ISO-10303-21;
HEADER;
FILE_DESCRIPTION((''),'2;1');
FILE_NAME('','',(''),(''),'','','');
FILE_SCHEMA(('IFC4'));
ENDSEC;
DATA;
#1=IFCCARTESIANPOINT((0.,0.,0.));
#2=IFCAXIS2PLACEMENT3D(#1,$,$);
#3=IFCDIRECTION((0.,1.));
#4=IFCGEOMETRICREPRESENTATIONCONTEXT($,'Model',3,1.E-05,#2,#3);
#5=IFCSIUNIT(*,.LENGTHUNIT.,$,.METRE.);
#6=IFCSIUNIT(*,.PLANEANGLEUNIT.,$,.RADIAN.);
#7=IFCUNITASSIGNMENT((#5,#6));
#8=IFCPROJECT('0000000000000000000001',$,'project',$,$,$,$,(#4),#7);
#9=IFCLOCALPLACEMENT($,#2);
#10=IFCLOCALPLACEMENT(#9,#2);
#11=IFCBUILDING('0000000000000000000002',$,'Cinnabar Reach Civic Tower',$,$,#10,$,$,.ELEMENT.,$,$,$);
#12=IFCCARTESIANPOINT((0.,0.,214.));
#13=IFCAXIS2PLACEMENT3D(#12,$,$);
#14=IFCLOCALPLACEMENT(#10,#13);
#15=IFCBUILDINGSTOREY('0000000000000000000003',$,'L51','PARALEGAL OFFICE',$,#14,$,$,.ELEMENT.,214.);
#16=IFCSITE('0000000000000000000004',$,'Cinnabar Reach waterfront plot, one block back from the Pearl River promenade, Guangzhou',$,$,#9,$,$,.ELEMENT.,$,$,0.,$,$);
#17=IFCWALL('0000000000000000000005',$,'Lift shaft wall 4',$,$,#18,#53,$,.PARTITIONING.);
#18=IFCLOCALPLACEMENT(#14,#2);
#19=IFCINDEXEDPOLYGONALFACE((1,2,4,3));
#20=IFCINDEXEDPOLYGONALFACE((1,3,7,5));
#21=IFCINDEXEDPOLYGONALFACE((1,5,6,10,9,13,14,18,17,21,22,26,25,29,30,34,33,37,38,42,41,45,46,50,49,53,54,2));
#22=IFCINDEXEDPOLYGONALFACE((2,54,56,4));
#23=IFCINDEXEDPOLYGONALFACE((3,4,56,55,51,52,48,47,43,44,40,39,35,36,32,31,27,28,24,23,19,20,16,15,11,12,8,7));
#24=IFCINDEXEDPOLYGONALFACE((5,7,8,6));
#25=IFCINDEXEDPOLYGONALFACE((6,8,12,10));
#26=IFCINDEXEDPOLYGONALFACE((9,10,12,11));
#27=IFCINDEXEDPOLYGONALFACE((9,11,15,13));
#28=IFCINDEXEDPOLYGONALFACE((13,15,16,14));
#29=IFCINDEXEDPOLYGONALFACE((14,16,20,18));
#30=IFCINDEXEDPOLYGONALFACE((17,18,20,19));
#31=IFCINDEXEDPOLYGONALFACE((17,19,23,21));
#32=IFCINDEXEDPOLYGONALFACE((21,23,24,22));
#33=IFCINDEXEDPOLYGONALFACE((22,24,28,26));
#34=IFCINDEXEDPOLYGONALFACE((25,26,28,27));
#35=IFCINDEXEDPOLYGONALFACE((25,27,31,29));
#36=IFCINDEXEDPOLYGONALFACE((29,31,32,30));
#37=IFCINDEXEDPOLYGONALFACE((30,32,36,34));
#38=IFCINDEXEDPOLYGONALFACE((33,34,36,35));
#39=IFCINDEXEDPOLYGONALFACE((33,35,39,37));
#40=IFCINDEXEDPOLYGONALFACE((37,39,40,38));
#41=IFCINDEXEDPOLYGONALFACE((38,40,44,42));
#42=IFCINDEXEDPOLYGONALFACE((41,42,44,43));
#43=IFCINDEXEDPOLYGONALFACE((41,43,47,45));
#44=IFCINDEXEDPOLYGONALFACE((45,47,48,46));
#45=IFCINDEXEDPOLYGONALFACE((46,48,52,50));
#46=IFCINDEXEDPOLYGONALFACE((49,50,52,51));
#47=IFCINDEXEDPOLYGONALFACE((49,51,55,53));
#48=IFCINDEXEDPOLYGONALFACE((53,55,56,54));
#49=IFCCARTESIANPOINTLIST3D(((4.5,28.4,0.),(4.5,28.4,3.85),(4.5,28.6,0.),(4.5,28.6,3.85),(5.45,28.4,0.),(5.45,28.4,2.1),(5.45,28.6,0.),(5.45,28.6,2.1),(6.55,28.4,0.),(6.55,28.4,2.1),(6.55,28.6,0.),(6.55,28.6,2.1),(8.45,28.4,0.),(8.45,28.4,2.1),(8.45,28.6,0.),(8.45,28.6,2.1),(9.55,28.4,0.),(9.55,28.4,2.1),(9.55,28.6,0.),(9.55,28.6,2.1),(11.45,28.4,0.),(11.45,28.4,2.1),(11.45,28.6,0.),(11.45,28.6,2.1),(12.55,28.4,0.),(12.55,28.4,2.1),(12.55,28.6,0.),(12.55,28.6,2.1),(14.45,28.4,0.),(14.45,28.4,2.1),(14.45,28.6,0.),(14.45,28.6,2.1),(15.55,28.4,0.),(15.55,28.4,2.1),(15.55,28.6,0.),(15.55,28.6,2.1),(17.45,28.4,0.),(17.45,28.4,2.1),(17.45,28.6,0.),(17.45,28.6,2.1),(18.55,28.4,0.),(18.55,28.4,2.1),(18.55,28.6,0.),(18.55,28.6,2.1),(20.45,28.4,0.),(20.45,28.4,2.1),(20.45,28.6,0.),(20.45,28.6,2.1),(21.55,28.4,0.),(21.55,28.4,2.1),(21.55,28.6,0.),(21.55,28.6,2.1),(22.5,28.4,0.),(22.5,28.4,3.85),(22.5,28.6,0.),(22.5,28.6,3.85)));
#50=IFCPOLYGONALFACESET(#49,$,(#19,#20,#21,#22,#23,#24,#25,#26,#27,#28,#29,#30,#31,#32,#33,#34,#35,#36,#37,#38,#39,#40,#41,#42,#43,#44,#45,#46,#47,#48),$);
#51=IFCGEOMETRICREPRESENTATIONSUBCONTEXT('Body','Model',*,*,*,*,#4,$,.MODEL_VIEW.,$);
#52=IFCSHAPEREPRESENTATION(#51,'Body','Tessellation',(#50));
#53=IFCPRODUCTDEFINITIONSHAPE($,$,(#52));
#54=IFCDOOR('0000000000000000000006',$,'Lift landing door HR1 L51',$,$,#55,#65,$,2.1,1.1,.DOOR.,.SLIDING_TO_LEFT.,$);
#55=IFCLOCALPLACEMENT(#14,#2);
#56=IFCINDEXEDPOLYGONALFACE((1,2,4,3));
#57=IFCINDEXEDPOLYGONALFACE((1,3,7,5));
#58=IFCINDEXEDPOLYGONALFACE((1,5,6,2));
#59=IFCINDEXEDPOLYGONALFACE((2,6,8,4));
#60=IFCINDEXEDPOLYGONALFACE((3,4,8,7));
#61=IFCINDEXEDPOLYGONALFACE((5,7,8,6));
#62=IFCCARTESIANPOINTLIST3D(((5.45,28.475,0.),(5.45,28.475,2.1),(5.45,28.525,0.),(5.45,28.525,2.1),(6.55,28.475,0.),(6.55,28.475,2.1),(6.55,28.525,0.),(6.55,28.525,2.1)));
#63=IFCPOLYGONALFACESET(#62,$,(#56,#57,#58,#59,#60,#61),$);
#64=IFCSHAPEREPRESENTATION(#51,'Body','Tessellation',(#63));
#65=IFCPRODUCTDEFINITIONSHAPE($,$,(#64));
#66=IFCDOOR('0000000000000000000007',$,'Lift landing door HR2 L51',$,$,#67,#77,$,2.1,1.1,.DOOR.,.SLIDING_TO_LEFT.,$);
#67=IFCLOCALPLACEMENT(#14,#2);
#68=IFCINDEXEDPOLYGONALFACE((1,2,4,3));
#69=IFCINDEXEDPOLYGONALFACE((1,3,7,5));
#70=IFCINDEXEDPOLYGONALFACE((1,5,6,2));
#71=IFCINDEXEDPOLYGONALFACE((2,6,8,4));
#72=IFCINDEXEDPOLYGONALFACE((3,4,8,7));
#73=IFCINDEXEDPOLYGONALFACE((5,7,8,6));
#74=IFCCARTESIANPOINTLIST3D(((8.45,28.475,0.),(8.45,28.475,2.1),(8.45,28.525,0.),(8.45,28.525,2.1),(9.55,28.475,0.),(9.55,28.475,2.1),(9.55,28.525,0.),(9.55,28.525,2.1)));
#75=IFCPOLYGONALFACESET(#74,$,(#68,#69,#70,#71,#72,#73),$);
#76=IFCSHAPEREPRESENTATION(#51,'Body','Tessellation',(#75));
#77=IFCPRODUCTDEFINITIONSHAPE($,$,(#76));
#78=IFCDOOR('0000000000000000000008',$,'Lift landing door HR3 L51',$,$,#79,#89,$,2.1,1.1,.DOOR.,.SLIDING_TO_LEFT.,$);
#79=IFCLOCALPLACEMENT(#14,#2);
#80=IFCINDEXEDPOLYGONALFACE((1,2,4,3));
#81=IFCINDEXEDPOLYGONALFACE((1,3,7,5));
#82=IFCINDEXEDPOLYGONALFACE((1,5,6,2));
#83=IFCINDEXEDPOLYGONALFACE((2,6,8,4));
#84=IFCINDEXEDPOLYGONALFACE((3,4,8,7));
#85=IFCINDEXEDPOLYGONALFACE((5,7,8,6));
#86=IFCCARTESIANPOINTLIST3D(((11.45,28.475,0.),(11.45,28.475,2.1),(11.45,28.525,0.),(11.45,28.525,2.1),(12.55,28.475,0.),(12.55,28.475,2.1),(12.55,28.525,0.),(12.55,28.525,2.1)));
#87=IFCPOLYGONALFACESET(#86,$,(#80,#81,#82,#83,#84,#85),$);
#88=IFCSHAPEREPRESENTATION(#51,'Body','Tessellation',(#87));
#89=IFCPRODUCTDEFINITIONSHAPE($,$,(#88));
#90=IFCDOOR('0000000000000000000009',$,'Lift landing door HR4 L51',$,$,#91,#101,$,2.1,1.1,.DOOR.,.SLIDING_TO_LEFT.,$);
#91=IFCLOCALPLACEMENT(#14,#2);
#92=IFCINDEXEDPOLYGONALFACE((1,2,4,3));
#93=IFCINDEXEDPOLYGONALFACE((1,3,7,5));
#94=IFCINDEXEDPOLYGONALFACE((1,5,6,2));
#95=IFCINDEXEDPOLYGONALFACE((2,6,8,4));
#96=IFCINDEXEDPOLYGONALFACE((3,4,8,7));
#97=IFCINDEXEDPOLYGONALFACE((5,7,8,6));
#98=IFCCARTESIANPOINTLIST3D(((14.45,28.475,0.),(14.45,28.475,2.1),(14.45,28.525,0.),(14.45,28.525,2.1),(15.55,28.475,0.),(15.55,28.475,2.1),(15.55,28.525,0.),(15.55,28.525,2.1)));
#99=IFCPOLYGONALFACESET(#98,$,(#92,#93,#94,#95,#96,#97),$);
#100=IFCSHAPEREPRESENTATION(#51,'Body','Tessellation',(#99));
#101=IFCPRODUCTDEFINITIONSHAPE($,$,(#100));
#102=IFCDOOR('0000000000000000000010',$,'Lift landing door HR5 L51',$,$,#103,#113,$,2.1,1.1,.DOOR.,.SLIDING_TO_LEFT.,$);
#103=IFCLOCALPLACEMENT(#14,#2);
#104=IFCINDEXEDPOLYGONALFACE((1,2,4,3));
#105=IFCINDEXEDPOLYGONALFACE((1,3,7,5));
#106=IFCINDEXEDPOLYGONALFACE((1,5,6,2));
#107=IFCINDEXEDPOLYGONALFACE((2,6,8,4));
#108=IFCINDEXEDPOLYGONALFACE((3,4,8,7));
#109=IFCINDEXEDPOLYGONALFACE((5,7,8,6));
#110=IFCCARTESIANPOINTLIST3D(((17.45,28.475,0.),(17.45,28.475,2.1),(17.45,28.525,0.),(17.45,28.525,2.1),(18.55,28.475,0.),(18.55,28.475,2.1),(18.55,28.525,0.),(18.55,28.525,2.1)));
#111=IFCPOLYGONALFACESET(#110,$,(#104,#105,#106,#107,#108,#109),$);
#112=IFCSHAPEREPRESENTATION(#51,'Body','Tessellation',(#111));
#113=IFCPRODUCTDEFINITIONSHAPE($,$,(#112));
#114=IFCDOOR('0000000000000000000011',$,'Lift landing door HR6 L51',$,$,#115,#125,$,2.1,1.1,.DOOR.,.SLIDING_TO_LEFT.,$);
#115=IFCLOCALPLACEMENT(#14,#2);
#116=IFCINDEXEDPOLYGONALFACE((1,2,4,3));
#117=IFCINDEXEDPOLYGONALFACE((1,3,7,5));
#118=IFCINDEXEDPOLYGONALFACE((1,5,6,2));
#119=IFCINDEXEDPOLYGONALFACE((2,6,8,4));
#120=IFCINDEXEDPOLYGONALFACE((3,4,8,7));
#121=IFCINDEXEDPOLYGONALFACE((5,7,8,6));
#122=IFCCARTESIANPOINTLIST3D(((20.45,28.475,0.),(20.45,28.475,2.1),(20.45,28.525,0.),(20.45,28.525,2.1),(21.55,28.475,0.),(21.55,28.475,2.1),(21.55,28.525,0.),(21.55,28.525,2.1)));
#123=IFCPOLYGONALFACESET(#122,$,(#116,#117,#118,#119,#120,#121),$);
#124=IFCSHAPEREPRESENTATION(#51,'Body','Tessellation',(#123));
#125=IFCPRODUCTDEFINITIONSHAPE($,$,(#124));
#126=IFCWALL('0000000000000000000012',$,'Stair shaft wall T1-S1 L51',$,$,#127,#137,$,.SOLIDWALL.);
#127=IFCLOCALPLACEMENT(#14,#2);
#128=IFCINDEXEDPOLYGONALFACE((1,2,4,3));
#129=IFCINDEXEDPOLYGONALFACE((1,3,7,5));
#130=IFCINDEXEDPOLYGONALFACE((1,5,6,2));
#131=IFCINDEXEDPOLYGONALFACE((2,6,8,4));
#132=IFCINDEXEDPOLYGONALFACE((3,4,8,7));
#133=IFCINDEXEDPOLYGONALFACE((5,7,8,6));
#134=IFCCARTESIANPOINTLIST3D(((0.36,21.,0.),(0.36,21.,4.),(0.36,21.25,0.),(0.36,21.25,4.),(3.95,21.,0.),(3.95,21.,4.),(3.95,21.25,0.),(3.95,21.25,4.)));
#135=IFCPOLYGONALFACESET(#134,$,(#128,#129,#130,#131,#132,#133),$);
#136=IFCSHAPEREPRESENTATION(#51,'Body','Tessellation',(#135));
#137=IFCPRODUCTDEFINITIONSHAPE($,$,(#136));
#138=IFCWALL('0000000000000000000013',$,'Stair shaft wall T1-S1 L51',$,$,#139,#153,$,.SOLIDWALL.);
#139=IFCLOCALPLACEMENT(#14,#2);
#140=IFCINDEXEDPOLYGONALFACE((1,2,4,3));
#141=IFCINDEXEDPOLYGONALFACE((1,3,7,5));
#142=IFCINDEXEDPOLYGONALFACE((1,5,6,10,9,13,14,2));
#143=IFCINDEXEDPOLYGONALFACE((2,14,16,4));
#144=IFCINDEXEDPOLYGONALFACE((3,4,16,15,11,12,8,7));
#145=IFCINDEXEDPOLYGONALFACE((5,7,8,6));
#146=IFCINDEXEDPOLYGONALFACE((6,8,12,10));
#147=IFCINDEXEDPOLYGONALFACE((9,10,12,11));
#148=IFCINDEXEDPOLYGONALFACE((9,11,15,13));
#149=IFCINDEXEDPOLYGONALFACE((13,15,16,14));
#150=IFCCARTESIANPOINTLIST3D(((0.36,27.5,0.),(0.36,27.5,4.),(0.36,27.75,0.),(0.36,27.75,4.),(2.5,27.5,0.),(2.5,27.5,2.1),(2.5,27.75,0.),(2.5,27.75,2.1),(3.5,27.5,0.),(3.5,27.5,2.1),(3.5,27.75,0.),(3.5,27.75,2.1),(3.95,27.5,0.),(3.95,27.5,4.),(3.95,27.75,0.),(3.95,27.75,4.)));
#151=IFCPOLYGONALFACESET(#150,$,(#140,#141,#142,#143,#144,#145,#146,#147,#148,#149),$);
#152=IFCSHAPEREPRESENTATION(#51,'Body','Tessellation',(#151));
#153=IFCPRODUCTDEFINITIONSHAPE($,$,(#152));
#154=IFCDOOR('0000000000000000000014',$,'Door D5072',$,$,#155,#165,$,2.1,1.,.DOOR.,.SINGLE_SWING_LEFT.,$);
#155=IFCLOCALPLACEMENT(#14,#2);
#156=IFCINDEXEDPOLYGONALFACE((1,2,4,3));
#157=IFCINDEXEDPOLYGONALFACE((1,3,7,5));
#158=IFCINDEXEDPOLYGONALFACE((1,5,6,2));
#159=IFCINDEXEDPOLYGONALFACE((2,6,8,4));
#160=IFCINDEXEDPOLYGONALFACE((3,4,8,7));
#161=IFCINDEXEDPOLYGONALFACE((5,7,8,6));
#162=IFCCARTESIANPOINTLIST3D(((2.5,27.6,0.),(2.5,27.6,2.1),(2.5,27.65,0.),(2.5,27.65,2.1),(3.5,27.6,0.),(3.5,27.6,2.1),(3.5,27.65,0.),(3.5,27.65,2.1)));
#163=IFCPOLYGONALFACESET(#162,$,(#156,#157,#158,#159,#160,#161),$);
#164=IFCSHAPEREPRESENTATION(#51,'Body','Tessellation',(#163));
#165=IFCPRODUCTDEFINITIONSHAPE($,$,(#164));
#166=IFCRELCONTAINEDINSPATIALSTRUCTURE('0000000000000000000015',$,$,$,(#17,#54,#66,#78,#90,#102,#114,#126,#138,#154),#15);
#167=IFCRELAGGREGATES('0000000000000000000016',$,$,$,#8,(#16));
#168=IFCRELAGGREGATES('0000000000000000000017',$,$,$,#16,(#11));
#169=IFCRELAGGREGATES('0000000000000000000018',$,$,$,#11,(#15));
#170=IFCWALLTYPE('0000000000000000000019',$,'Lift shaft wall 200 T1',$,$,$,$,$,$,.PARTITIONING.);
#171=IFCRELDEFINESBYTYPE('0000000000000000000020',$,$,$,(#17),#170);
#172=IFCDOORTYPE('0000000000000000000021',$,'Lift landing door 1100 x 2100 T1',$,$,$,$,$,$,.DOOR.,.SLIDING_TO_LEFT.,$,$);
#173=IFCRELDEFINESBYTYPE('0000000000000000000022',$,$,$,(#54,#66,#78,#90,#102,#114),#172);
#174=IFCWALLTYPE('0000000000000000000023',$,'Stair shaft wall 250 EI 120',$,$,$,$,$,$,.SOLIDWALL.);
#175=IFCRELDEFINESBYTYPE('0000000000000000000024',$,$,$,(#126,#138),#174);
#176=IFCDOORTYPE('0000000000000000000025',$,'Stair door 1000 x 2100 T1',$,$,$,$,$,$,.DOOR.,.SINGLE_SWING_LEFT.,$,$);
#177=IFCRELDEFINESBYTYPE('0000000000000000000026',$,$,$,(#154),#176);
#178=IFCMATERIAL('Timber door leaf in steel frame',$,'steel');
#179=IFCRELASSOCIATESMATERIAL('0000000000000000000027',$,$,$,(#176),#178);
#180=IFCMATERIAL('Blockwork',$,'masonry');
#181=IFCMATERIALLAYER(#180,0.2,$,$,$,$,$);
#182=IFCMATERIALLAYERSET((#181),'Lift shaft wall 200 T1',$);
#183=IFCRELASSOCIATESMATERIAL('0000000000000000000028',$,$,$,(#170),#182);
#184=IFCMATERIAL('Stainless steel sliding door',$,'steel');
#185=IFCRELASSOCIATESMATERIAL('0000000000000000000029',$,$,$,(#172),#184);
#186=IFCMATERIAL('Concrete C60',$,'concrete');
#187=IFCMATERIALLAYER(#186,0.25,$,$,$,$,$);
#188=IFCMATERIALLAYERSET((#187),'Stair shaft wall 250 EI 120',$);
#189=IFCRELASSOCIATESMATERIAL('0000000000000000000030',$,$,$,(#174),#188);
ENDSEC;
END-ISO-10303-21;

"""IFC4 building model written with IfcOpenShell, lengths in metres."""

from ifc_helpers import new_model, si_unit, direction, frame, frame_2d, origin, place, context, subcontext, project, spatial, rectangle, extrude, material, layer, layer_set, type_object, element, fill, save


model = new_model("IFC4")

# Units and contexts
model_context = context("Model", 3, precision=1e-05, world=origin(), true_north=direction((0.0, 1.0)))
body_context = subcontext(model_context, "Body", "Model", "MODEL_VIEW")
ifc_project = project(units=[si_unit("LENGTHUNIT", "METRE"), si_unit("PLANEANGLEUNIT", "RADIAN")], contexts=[model_context])

# Site, building, storey
site_placement = place(None, origin())
site = spatial("IfcSite", under=ifc_project, at=site_placement, Name="Cinnabar Reach waterfront plot, one block back from the Pearl River promenade, Guangzhou", CompositionType="ELEMENT", RefElevation=0.0)
building_placement = place(site_placement, origin())
building = spatial("IfcBuilding", under=site, at=building_placement, Name="Cinnabar Reach Civic Tower", CompositionType="ELEMENT")
storey_placement = place(building_placement, frame((0.0, 0.0, 214.0)))
storey = spatial("IfcBuildingStorey", under=building, at=storey_placement, Name="L51", Description="PARALEGAL OFFICE", CompositionType="ELEMENT", Elevation=214.0)

# Shared definitions
ifc_material_1 = material(Name="Concrete C60", Category="concrete")

# Shared definitions
ifc_material_2 = material(Name="Timber door leaf in steel frame", Category="steel")
door_type_1 = type_object("IfcDoorType", Name="Stair door 1000 x 2100 T1", OperationType="SINGLE_SWING_LEFT", PredefinedType="DOOR", material=ifc_material_2)

# Wall, openings, doors
ifc_material_3 = material(Name="Blockwork", Category="masonry")
ifc_layer_1 = layer(ifc_material_3, 0.2)
ifc_layer_set_1 = layer_set([ifc_layer_1], Name="Lift shaft wall 200 T1")
wall_type_1 = type_object("IfcWallType", Name="Lift shaft wall 200 T1", PredefinedType="PARTITIONING", material=ifc_layer_set_1)
wall_1_placement = place(storey_placement, frame((4.5, 28.5, 0.0), z_axis=(0.0, 0.0, 1.0), x_axis=(1.0, 0.0, 0.0)))
wall_1 = element("IfcWall", 1, at=wall_1_placement, inside=storey, type_object=wall_type_1, Name="Lift shaft wall 4", PredefinedType="PARTITIONING", context=body_context, shape_type="SweptSolid", body=[
    extrude(rectangle(XDim=18.0, YDim=0.2, at=frame_2d((9.0, 0.0))), origin(), (0.0, 0.0, 1.0), 3.85),
])
opening_1_placement = place(wall_1_placement, frame((0.95, 0.0, 0.0)))
opening_1 = element("IfcOpeningElement", 2, at=opening_1_placement, cuts=wall_1, PredefinedType="OPENING", context=body_context, shape_type="SweptSolid", body=[
    extrude(rectangle(XDim=1.1, YDim=2.1, at=frame_2d((0.55, 1.05))), frame((0.0, 0.11, 0.0), z_axis=(0.0, -1.0, 0.0), x_axis=(1.0, 0.0, 0.0)), (0.0, 0.0, 1.0), 0.22),
])
opening_2_placement = place(wall_1_placement, frame((3.95, 0.0, 0.0)))
opening_2 = element("IfcOpeningElement", 3, at=opening_2_placement, cuts=wall_1, PredefinedType="OPENING", context=body_context, shape_type="SweptSolid", body=[
    extrude(rectangle(XDim=1.1, YDim=2.1, at=frame_2d((0.55, 1.05))), frame((0.0, 0.11, 0.0), z_axis=(0.0, -1.0, 0.0), x_axis=(1.0, 0.0, 0.0)), (0.0, 0.0, 1.0), 0.22),
])
opening_3_placement = place(wall_1_placement, frame((6.95, 0.0, 0.0)))
opening_3 = element("IfcOpeningElement", 4, at=opening_3_placement, cuts=wall_1, PredefinedType="OPENING", context=body_context, shape_type="SweptSolid", body=[
    extrude(rectangle(XDim=1.1, YDim=2.1, at=frame_2d((0.55, 1.05))), frame((0.0, 0.11, 0.0), z_axis=(0.0, -1.0, 0.0), x_axis=(1.0, 0.0, 0.0)), (0.0, 0.0, 1.0), 0.22),
])
opening_4_placement = place(wall_1_placement, frame((9.95, 0.0, 0.0)))
opening_4 = element("IfcOpeningElement", 5, at=opening_4_placement, cuts=wall_1, PredefinedType="OPENING", context=body_context, shape_type="SweptSolid", body=[
    extrude(rectangle(XDim=1.1, YDim=2.1, at=frame_2d((0.55, 1.05))), frame((0.0, 0.11, 0.0), z_axis=(0.0, -1.0, 0.0), x_axis=(1.0, 0.0, 0.0)), (0.0, 0.0, 1.0), 0.22),
])
opening_5_placement = place(wall_1_placement, frame((12.95, 0.0, 0.0)))
opening_5 = element("IfcOpeningElement", 6, at=opening_5_placement, cuts=wall_1, PredefinedType="OPENING", context=body_context, shape_type="SweptSolid", body=[
    extrude(rectangle(XDim=1.1, YDim=2.1, at=frame_2d((0.55, 1.05))), frame((0.0, 0.11, 0.0), z_axis=(0.0, -1.0, 0.0), x_axis=(1.0, 0.0, 0.0)), (0.0, 0.0, 1.0), 0.22),
])
opening_6_placement = place(wall_1_placement, frame((15.95, 0.0, 0.0)))
opening_6 = element("IfcOpeningElement", 7, at=opening_6_placement, cuts=wall_1, PredefinedType="OPENING", context=body_context, shape_type="SweptSolid", body=[
    extrude(rectangle(XDim=1.1, YDim=2.1, at=frame_2d((0.55, 1.05))), frame((0.0, 0.11, 0.0), z_axis=(0.0, -1.0, 0.0), x_axis=(1.0, 0.0, 0.0)), (0.0, 0.0, 1.0), 0.22),
])
ifc_material_4 = material(Name="Stainless steel sliding door", Category="steel")
door_type_2 = type_object("IfcDoorType", Name="Lift landing door 1100 x 2100 T1", OperationType="SLIDING_TO_LEFT", PredefinedType="DOOR", material=ifc_material_4)
door_1_placement = place(opening_1_placement, origin())
door_1 = element("IfcDoor", 8, at=door_1_placement, inside=storey, type_object=door_type_2, Name="Lift landing door HR1 L51", OperationType="SLIDING_TO_LEFT", OverallHeight=2.1, OverallWidth=1.1, PredefinedType="DOOR", context=body_context, shape_type="SweptSolid", body=[
    extrude(rectangle(XDim=1.1, YDim=2.1, at=frame_2d((0.55, 1.05))), frame((0.0, 0.025, 0.0), z_axis=(0.0, -1.0, 0.0), x_axis=(1.0, 0.0, 0.0)), (0.0, 0.0, 1.0), 0.05),
])
fill(opening_1, door_1)
door_2_placement = place(opening_2_placement, origin())
door_2 = element("IfcDoor", 9, at=door_2_placement, inside=storey, type_object=door_type_2, Name="Lift landing door HR2 L51", OperationType="SLIDING_TO_LEFT", OverallHeight=2.1, OverallWidth=1.1, PredefinedType="DOOR", context=body_context, shape_type="SweptSolid", body=[
    extrude(rectangle(XDim=1.1, YDim=2.1, at=frame_2d((0.55, 1.05))), frame((0.0, 0.025, 0.0), z_axis=(0.0, -1.0, 0.0), x_axis=(1.0, 0.0, 0.0)), (0.0, 0.0, 1.0), 0.05),
])
fill(opening_2, door_2)
door_3_placement = place(opening_3_placement, origin())
door_3 = element("IfcDoor", 10, at=door_3_placement, inside=storey, type_object=door_type_2, Name="Lift landing door HR3 L51", OperationType="SLIDING_TO_LEFT", OverallHeight=2.1, OverallWidth=1.1, PredefinedType="DOOR", context=body_context, shape_type="SweptSolid", body=[
    extrude(rectangle(XDim=1.1, YDim=2.1, at=frame_2d((0.55, 1.05))), frame((0.0, 0.025, 0.0), z_axis=(0.0, -1.0, 0.0), x_axis=(1.0, 0.0, 0.0)), (0.0, 0.0, 1.0), 0.05),
])
fill(opening_3, door_3)
door_4_placement = place(opening_4_placement, origin())
door_4 = element("IfcDoor", 11, at=door_4_placement, inside=storey, type_object=door_type_2, Name="Lift landing door HR4 L51", OperationType="SLIDING_TO_LEFT", OverallHeight=2.1, OverallWidth=1.1, PredefinedType="DOOR", context=body_context, shape_type="SweptSolid", body=[
    extrude(rectangle(XDim=1.1, YDim=2.1, at=frame_2d((0.55, 1.05))), frame((0.0, 0.025, 0.0), z_axis=(0.0, -1.0, 0.0), x_axis=(1.0, 0.0, 0.0)), (0.0, 0.0, 1.0), 0.05),
])
fill(opening_4, door_4)
door_5_placement = place(opening_5_placement, origin())
door_5 = element("IfcDoor", 12, at=door_5_placement, inside=storey, type_object=door_type_2, Name="Lift landing door HR5 L51", OperationType="SLIDING_TO_LEFT", OverallHeight=2.1, OverallWidth=1.1, PredefinedType="DOOR", context=body_context, shape_type="SweptSolid", body=[
    extrude(rectangle(XDim=1.1, YDim=2.1, at=frame_2d((0.55, 1.05))), frame((0.0, 0.025, 0.0), z_axis=(0.0, -1.0, 0.0), x_axis=(1.0, 0.0, 0.0)), (0.0, 0.0, 1.0), 0.05),
])
fill(opening_5, door_5)
door_6_placement = place(opening_6_placement, origin())
door_6 = element("IfcDoor", 13, at=door_6_placement, inside=storey, type_object=door_type_2, Name="Lift landing door HR6 L51", OperationType="SLIDING_TO_LEFT", OverallHeight=2.1, OverallWidth=1.1, PredefinedType="DOOR", context=body_context, shape_type="SweptSolid", body=[
    extrude(rectangle(XDim=1.1, YDim=2.1, at=frame_2d((0.55, 1.05))), frame((0.0, 0.025, 0.0), z_axis=(0.0, -1.0, 0.0), x_axis=(1.0, 0.0, 0.0)), (0.0, 0.0, 1.0), 0.05),
])
fill(opening_6, door_6)

# Wall
ifc_layer_2 = layer(ifc_material_1, 0.25)
ifc_layer_set_2 = layer_set([ifc_layer_2], Name="Stair shaft wall 250 EI 120")
wall_type_2 = type_object("IfcWallType", Name="Stair shaft wall 250 EI 120", PredefinedType="SOLIDWALL", material=ifc_layer_set_2)
wall_2_placement = place(storey_placement, frame((0.36, 21.125, 0.0), z_axis=(0.0, 0.0, 1.0), x_axis=(1.0, 0.0, 0.0)))
element("IfcWall", 14, at=wall_2_placement, inside=storey, type_object=wall_type_2, Name="Stair shaft wall T1-S1 L51", PredefinedType="SOLIDWALL", context=body_context, shape_type="SweptSolid", body=[
    extrude(rectangle(XDim=3.59, YDim=0.25, at=frame_2d((1.795, 0.0))), origin(), (0.0, 0.0, 1.0), 4.0),
])

# Wall, opening, door
wall_3_placement = place(storey_placement, frame((3.95, 27.625, 0.0), z_axis=(0.0, 0.0, 1.0), x_axis=(-1.0, 0.0, 0.0)))
wall_3 = element("IfcWall", 15, at=wall_3_placement, inside=storey, type_object=wall_type_2, Name="Stair shaft wall T1-S1 L51", PredefinedType="SOLIDWALL", context=body_context, shape_type="SweptSolid", body=[
    extrude(rectangle(XDim=3.59, YDim=0.25, at=frame_2d((1.795, 0.0))), origin(), (0.0, 0.0, 1.0), 4.0),
])
opening_7_placement = place(wall_3_placement, frame((0.45, 0.0, 0.0)))
opening_7 = element("IfcOpeningElement", 16, at=opening_7_placement, cuts=wall_3, PredefinedType="OPENING", context=body_context, shape_type="SweptSolid", body=[
    extrude(rectangle(XDim=1.0, YDim=2.1, at=frame_2d((0.5, 1.05))), frame((0.0, 0.135, 0.0), z_axis=(0.0, -1.0, 0.0), x_axis=(1.0, 0.0, 0.0)), (0.0, 0.0, 1.0), 0.27),
])
door_7_placement = place(opening_7_placement, origin())
door_7 = element("IfcDoor", 17, at=door_7_placement, inside=storey, type_object=door_type_1, Name="Door D5072", OperationType="SINGLE_SWING_LEFT", OverallHeight=2.1, OverallWidth=1.0, PredefinedType="DOOR", context=body_context, shape_type="SweptSolid", body=[
    extrude(rectangle(XDim=1.0, YDim=2.1, at=frame_2d((0.5, 1.05))), frame((0.0, 0.025, 0.0), z_axis=(0.0, -1.0, 0.0), x_axis=(1.0, 0.0, 0.0)), (0.0, 0.0, 1.0), 0.05),
])
fill(opening_7, door_7)

save(model, "model.ifc")
